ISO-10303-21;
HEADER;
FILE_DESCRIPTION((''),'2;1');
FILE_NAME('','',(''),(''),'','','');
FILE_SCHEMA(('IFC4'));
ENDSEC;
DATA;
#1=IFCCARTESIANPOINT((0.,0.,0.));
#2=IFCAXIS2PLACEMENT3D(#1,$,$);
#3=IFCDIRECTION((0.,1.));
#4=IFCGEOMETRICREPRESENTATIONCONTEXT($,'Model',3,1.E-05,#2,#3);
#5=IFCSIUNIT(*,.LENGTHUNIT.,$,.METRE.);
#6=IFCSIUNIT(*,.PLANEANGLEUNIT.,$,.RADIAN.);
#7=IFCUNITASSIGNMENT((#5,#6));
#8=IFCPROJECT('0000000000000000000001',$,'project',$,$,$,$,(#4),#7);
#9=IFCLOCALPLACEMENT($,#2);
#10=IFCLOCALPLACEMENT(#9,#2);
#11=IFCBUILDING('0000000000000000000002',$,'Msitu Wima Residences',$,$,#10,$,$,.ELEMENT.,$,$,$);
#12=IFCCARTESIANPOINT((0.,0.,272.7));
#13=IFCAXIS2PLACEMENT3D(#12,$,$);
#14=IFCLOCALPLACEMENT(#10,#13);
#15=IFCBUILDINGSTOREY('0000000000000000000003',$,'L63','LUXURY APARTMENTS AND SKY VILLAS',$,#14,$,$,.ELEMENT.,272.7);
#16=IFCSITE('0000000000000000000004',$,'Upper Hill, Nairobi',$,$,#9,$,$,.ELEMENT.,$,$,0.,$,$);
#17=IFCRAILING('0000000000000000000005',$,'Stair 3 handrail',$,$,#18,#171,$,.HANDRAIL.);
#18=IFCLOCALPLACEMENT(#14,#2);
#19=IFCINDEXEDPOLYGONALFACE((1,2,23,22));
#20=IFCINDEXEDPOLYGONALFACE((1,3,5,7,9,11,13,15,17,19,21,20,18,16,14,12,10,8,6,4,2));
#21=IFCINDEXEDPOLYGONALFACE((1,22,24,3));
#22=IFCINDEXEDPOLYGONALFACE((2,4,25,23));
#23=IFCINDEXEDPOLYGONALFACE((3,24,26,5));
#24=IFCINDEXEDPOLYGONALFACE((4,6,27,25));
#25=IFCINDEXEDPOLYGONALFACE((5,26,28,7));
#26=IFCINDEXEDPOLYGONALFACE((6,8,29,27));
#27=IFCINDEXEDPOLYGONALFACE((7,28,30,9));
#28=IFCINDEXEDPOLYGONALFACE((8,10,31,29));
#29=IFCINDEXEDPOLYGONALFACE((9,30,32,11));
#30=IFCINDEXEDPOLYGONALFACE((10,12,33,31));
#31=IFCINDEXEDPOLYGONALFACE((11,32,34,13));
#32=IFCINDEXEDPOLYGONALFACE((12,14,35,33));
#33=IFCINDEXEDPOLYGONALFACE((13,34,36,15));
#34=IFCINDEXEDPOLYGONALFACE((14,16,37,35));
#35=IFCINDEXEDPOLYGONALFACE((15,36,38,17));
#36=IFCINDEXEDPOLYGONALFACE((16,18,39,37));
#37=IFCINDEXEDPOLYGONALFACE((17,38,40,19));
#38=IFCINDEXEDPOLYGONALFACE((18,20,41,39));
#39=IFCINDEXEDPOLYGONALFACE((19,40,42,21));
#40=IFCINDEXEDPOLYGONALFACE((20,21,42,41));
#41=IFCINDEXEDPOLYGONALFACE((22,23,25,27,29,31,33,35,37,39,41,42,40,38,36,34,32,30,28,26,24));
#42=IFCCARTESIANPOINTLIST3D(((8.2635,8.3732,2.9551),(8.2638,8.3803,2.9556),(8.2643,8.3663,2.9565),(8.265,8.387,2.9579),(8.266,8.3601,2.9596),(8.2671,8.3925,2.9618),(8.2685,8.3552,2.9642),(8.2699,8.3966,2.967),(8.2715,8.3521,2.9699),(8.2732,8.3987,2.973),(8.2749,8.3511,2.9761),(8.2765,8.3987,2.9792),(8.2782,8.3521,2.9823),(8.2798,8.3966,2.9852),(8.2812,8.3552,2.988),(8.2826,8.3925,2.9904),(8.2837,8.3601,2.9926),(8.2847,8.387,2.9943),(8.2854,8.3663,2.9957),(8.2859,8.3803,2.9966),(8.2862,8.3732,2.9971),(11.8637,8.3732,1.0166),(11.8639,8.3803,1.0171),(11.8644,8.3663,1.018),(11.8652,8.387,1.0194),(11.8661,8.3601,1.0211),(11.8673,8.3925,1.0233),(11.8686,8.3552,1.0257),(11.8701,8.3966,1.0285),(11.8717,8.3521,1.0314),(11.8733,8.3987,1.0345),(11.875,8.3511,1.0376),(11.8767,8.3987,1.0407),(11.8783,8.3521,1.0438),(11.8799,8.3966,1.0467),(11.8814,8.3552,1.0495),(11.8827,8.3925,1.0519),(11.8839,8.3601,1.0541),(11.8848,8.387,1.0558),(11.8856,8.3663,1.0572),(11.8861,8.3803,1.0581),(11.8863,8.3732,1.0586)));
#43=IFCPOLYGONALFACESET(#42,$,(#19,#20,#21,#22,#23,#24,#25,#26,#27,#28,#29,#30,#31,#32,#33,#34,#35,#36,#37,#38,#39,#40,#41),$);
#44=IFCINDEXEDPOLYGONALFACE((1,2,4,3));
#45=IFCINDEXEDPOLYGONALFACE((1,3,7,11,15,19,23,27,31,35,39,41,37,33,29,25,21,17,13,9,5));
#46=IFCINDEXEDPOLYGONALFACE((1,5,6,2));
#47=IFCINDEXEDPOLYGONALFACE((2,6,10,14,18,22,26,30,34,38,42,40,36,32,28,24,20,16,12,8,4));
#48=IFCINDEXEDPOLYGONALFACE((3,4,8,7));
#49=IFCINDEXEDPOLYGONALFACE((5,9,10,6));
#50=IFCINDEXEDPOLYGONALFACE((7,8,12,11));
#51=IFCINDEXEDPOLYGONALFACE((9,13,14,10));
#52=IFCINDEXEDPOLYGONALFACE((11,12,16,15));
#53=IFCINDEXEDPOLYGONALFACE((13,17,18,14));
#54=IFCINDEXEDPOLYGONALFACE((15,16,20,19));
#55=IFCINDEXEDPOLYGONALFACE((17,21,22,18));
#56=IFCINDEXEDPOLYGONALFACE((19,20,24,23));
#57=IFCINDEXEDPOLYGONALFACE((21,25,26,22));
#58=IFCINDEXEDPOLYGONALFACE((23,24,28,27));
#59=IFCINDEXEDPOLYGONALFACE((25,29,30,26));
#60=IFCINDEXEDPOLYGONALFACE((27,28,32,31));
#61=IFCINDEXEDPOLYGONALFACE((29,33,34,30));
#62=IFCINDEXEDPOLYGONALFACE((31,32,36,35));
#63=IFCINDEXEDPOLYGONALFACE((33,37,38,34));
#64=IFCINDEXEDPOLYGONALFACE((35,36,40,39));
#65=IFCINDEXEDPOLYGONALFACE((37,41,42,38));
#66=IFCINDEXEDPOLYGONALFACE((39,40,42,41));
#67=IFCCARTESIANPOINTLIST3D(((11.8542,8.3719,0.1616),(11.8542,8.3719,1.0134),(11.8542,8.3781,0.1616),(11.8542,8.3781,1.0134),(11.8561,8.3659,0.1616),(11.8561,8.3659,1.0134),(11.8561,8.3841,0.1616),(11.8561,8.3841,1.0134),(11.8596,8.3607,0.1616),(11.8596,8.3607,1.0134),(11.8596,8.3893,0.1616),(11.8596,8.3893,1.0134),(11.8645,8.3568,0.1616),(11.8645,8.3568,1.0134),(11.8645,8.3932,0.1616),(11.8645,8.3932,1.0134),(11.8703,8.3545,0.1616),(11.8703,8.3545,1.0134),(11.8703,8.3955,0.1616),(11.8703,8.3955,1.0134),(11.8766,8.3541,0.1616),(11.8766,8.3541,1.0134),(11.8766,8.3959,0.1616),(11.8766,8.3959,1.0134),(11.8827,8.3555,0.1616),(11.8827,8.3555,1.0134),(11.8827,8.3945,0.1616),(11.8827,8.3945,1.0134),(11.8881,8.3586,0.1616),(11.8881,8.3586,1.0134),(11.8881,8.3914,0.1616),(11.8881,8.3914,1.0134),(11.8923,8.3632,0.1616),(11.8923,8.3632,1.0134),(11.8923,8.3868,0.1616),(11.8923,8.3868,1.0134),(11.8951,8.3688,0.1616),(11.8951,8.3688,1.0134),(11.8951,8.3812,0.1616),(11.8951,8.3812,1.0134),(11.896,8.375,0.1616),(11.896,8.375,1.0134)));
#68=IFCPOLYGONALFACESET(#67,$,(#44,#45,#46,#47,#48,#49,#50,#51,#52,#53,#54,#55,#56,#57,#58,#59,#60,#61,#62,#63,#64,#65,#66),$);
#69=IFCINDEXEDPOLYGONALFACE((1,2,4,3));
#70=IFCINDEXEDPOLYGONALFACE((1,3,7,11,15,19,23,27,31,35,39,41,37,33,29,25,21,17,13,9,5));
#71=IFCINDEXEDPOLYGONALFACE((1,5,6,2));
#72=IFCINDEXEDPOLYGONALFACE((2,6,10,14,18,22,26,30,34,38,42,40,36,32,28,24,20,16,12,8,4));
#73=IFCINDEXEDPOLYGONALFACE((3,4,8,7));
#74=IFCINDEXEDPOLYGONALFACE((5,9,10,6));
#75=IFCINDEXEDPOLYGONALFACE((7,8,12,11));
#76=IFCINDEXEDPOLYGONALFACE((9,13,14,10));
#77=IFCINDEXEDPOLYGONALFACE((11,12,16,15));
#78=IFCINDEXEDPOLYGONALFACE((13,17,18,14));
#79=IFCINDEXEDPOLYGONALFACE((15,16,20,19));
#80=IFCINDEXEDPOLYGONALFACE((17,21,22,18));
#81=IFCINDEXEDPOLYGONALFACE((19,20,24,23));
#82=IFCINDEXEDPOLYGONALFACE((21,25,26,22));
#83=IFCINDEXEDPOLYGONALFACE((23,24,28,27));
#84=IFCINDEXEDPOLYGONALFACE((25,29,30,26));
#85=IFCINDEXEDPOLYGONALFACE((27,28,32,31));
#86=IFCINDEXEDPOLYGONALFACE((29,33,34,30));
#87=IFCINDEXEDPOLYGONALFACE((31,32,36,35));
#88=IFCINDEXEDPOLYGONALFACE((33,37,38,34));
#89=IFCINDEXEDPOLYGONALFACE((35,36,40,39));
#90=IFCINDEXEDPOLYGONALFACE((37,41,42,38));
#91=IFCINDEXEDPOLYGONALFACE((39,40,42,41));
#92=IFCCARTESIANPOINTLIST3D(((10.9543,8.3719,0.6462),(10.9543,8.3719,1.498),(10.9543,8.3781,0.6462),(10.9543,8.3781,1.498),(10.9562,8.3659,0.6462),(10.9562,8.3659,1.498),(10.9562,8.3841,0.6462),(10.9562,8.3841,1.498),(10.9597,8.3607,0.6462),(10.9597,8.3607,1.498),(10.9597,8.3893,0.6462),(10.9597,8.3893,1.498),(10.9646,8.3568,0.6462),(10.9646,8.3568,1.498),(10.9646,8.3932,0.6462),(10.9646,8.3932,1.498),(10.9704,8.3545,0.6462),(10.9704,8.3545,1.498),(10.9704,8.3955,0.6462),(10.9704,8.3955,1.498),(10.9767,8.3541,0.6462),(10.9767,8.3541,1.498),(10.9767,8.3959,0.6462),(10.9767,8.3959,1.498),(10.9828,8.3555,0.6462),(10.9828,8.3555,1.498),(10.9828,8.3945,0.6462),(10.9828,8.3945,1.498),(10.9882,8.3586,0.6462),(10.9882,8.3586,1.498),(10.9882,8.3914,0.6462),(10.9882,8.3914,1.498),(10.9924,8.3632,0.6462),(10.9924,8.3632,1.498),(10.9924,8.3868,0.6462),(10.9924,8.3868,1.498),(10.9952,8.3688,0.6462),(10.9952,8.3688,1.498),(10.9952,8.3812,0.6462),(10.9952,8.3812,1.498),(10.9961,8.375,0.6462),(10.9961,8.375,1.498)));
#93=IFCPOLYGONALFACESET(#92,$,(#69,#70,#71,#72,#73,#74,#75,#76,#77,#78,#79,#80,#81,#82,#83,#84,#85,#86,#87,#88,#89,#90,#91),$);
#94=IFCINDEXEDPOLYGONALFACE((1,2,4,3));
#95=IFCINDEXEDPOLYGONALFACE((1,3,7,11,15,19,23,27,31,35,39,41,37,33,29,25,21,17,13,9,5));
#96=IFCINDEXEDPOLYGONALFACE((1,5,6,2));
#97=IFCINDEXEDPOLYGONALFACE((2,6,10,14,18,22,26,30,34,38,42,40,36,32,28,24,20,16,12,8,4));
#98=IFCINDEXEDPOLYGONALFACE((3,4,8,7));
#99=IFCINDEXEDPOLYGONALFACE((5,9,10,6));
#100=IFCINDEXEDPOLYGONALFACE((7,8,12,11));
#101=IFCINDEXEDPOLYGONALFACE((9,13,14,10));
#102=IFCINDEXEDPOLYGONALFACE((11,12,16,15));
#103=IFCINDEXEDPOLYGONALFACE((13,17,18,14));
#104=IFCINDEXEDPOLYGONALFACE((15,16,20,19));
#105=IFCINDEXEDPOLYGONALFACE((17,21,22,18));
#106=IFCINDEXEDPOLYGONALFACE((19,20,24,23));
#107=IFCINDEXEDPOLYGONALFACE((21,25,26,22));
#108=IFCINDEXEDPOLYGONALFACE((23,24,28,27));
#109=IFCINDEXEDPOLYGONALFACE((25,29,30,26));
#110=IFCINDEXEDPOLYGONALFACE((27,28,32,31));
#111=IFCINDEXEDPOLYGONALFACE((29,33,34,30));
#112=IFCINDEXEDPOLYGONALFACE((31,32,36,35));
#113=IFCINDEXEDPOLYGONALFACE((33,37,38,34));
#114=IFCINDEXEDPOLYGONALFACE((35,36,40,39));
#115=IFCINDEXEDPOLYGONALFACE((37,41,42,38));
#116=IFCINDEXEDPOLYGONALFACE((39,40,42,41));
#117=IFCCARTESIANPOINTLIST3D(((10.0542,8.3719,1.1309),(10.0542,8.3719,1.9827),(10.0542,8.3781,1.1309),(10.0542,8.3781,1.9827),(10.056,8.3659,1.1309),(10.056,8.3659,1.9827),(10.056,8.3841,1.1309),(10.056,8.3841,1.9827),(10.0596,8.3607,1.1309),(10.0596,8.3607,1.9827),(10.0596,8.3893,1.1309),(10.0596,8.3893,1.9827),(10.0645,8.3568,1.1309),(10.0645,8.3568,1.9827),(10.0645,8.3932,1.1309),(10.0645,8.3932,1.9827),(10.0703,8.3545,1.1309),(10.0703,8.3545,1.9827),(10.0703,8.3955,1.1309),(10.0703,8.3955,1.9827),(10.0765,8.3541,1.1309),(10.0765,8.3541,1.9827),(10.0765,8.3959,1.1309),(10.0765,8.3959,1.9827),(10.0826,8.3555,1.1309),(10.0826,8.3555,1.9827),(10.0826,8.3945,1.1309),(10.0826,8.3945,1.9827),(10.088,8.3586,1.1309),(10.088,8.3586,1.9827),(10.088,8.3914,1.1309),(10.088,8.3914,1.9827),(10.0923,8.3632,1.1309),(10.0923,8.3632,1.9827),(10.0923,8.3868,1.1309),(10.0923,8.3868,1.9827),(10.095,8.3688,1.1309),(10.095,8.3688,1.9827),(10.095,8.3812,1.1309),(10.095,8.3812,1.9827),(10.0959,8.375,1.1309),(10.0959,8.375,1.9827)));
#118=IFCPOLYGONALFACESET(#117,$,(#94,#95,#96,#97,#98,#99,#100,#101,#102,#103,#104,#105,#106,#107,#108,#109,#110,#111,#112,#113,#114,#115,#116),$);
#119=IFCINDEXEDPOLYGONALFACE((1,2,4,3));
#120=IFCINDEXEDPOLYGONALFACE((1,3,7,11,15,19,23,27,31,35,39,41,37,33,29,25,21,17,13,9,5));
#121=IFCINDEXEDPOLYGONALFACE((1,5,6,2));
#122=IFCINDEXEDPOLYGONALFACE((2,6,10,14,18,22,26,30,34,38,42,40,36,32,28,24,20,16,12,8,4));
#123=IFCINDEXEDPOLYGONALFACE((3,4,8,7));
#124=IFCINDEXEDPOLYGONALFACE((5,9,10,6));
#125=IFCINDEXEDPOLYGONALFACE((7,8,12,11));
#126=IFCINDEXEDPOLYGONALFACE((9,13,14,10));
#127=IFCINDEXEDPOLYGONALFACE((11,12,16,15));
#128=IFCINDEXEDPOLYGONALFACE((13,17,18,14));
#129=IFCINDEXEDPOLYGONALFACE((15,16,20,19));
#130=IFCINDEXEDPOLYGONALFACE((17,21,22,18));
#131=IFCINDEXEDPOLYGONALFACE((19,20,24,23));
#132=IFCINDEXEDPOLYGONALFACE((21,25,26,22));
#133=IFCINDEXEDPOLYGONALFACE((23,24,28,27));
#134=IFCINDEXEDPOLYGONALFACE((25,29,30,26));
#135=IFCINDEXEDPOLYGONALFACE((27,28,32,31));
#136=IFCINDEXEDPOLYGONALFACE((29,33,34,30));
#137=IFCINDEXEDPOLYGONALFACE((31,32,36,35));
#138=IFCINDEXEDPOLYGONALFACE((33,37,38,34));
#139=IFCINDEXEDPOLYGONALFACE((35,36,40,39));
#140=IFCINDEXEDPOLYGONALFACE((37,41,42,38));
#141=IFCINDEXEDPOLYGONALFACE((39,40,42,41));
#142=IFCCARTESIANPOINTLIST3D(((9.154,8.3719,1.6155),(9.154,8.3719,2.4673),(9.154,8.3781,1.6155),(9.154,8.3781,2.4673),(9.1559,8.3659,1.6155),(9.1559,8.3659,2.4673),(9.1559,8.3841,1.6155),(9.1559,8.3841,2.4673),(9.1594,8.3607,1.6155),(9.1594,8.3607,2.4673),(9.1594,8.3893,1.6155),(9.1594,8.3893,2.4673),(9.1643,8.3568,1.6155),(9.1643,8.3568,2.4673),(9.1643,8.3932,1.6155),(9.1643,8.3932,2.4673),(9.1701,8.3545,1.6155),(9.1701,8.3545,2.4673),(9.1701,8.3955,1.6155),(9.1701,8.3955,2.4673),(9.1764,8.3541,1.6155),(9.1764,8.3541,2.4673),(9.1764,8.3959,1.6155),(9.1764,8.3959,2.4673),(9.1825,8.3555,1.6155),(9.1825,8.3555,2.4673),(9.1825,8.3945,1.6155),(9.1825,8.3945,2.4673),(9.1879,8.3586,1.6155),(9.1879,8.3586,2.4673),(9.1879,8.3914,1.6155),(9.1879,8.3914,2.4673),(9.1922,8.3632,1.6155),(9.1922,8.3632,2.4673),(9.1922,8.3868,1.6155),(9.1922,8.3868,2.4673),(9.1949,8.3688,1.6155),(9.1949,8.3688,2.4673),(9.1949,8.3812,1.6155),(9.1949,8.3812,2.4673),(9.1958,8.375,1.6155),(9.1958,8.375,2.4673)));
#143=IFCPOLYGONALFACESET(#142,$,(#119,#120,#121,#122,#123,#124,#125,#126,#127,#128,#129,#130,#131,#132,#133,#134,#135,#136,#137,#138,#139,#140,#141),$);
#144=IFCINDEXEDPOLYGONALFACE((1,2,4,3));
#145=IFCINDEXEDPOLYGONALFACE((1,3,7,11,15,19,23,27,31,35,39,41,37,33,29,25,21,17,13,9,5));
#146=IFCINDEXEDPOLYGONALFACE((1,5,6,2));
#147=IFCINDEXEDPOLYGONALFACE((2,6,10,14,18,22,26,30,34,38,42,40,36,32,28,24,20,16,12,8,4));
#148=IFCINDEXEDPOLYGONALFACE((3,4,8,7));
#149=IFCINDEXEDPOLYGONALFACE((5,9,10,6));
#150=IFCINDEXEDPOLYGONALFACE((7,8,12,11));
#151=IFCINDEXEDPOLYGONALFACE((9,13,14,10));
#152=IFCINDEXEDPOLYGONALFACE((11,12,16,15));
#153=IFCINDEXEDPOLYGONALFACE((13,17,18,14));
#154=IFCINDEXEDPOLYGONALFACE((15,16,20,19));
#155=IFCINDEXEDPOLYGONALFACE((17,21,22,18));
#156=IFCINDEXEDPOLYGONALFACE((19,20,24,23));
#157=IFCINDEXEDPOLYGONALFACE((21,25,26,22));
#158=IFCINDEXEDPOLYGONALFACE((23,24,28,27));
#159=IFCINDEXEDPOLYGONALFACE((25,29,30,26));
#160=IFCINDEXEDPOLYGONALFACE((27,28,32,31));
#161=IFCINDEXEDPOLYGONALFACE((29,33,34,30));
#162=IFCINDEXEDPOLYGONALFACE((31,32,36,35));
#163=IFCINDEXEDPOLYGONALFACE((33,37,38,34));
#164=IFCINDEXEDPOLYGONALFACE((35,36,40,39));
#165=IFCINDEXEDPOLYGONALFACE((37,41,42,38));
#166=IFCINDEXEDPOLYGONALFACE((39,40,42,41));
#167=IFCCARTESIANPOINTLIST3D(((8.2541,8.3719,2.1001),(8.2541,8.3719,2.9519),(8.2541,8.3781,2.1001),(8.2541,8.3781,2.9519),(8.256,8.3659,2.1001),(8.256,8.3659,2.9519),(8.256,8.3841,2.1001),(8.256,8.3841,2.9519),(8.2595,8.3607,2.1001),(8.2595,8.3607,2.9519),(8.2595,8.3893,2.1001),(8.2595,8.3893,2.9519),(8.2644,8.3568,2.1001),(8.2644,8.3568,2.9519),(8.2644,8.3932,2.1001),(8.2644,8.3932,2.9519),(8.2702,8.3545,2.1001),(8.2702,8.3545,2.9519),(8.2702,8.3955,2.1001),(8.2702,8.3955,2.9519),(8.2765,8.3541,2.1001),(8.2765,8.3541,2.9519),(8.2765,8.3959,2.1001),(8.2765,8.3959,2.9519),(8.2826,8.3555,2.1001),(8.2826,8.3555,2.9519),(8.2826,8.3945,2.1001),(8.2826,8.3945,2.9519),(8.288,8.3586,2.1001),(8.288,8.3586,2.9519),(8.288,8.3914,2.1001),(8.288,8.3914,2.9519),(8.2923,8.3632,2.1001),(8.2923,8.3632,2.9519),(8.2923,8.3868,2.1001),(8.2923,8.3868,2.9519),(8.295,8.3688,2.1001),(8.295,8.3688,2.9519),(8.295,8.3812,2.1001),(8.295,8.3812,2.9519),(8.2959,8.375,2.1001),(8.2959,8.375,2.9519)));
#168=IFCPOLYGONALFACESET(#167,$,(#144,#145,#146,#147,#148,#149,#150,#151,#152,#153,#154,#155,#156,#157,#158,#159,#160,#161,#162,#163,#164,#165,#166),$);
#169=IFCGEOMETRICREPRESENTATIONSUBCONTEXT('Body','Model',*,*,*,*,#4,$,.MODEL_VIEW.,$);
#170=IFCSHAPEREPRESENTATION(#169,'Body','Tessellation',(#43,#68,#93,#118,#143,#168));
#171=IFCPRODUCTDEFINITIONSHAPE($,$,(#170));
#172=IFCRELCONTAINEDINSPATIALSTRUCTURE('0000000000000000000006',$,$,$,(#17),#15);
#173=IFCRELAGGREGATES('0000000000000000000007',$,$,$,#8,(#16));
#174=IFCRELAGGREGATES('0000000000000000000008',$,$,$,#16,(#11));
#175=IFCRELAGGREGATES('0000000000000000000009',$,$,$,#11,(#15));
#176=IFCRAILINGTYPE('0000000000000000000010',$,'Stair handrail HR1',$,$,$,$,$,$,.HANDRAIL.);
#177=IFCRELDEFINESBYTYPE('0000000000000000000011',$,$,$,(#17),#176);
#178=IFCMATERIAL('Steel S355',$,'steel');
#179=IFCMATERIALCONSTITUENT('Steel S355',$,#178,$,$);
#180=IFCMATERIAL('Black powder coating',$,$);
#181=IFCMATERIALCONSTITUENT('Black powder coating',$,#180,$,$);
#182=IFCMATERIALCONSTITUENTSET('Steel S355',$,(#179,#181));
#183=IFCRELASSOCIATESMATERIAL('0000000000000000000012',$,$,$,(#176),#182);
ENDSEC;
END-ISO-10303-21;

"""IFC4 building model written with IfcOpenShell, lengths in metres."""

from ifc_helpers import new_model, si_unit, direction, frame, origin, origin_2d, place, context, subcontext, project, spatial, circle, extrude, material, constituent, constituent_set, type_object, element, save


model = new_model("IFC4")

# Units and contexts
model_context = context("Model", 3, precision=1e-05, world=origin(), true_north=direction((0.0, 1.0)))
body_context = subcontext(model_context, "Body", "Model", "MODEL_VIEW")
ifc_project = project(units=[si_unit("LENGTHUNIT", "METRE"), si_unit("PLANEANGLEUNIT", "RADIAN")], contexts=[model_context])

# Site, building, storey
site_placement = place(None, origin())
site = spatial("IfcSite", under=ifc_project, at=site_placement, Name="Upper Hill, Nairobi", CompositionType="ELEMENT", RefElevation=0.0)
building_placement = place(site_placement, origin())
building = spatial("IfcBuilding", under=site, at=building_placement, Name="Msitu Wima Residences", CompositionType="ELEMENT")
storey_placement = place(building_placement, frame((0.0, 0.0, 272.7)))
storey = spatial("IfcBuildingStorey", under=building, at=storey_placement, Name="L63", Description="LUXURY APARTMENTS AND SKY VILLAS", CompositionType="ELEMENT", Elevation=272.7)

# Railing
ifc_material_1 = material(Name="Steel S355", Category="steel")
ifc_constituent_1 = constituent(ifc_material_1, Name="Steel S355")
ifc_material_2 = material(Name="Black powder coating")
ifc_constituent_2 = constituent(ifc_material_2, Name="Black powder coating")
ifc_constituent_set = constituent_set(constituents=[ifc_constituent_1, ifc_constituent_2], Name="Steel S355")
railing_type = type_object("IfcRailingType", Name="Stair handrail HR1", PredefinedType="HANDRAIL", material=ifc_constituent_set)
for number, where, name in (
    (1, (11.875, 8.375, 0.1616), "Stair 3 handrail"),
):
    element("IfcRailing", number, at=place(storey_placement, frame(where)), inside=storey, type_object=railing_type, Name=name, PredefinedType="HANDRAIL", context=body_context, shape_type="SweptSolid", body=[
        extrude(circle(Radius=0.0239, at=origin_2d()), frame((0.0, 0.0, 0.876), z_axis=(-0.880475, 0.0, 0.474093), x_axis=(0.0, -1.0, 0.0)), (0.0, 0.0, 1.0), 4.0889),
        extrude(circle(Radius=0.021, at=origin_2d()), origin(), (0.0, 0.0, 1.0), 0.8518),
        extrude(circle(Radius=0.021, at=origin_2d()), frame((-0.8999, 0.0, 0.4846)), (0.0, 0.0, 1.0), 0.8518),
        extrude(circle(Radius=0.021, at=origin_2d()), frame((-1.8, 0.0, 0.9692)), (0.0, 0.0, 1.0), 0.8518),
        extrude(circle(Radius=0.021, at=origin_2d()), frame((-2.7002, 0.0, 1.4539)), (0.0, 0.0, 1.0), 0.8518),
        extrude(circle(Radius=0.021, at=origin_2d()), frame((-3.6001, 0.0, 1.9385)), (0.0, 0.0, 1.0), 0.8518),
    ])

save(model, "model.ifc")
